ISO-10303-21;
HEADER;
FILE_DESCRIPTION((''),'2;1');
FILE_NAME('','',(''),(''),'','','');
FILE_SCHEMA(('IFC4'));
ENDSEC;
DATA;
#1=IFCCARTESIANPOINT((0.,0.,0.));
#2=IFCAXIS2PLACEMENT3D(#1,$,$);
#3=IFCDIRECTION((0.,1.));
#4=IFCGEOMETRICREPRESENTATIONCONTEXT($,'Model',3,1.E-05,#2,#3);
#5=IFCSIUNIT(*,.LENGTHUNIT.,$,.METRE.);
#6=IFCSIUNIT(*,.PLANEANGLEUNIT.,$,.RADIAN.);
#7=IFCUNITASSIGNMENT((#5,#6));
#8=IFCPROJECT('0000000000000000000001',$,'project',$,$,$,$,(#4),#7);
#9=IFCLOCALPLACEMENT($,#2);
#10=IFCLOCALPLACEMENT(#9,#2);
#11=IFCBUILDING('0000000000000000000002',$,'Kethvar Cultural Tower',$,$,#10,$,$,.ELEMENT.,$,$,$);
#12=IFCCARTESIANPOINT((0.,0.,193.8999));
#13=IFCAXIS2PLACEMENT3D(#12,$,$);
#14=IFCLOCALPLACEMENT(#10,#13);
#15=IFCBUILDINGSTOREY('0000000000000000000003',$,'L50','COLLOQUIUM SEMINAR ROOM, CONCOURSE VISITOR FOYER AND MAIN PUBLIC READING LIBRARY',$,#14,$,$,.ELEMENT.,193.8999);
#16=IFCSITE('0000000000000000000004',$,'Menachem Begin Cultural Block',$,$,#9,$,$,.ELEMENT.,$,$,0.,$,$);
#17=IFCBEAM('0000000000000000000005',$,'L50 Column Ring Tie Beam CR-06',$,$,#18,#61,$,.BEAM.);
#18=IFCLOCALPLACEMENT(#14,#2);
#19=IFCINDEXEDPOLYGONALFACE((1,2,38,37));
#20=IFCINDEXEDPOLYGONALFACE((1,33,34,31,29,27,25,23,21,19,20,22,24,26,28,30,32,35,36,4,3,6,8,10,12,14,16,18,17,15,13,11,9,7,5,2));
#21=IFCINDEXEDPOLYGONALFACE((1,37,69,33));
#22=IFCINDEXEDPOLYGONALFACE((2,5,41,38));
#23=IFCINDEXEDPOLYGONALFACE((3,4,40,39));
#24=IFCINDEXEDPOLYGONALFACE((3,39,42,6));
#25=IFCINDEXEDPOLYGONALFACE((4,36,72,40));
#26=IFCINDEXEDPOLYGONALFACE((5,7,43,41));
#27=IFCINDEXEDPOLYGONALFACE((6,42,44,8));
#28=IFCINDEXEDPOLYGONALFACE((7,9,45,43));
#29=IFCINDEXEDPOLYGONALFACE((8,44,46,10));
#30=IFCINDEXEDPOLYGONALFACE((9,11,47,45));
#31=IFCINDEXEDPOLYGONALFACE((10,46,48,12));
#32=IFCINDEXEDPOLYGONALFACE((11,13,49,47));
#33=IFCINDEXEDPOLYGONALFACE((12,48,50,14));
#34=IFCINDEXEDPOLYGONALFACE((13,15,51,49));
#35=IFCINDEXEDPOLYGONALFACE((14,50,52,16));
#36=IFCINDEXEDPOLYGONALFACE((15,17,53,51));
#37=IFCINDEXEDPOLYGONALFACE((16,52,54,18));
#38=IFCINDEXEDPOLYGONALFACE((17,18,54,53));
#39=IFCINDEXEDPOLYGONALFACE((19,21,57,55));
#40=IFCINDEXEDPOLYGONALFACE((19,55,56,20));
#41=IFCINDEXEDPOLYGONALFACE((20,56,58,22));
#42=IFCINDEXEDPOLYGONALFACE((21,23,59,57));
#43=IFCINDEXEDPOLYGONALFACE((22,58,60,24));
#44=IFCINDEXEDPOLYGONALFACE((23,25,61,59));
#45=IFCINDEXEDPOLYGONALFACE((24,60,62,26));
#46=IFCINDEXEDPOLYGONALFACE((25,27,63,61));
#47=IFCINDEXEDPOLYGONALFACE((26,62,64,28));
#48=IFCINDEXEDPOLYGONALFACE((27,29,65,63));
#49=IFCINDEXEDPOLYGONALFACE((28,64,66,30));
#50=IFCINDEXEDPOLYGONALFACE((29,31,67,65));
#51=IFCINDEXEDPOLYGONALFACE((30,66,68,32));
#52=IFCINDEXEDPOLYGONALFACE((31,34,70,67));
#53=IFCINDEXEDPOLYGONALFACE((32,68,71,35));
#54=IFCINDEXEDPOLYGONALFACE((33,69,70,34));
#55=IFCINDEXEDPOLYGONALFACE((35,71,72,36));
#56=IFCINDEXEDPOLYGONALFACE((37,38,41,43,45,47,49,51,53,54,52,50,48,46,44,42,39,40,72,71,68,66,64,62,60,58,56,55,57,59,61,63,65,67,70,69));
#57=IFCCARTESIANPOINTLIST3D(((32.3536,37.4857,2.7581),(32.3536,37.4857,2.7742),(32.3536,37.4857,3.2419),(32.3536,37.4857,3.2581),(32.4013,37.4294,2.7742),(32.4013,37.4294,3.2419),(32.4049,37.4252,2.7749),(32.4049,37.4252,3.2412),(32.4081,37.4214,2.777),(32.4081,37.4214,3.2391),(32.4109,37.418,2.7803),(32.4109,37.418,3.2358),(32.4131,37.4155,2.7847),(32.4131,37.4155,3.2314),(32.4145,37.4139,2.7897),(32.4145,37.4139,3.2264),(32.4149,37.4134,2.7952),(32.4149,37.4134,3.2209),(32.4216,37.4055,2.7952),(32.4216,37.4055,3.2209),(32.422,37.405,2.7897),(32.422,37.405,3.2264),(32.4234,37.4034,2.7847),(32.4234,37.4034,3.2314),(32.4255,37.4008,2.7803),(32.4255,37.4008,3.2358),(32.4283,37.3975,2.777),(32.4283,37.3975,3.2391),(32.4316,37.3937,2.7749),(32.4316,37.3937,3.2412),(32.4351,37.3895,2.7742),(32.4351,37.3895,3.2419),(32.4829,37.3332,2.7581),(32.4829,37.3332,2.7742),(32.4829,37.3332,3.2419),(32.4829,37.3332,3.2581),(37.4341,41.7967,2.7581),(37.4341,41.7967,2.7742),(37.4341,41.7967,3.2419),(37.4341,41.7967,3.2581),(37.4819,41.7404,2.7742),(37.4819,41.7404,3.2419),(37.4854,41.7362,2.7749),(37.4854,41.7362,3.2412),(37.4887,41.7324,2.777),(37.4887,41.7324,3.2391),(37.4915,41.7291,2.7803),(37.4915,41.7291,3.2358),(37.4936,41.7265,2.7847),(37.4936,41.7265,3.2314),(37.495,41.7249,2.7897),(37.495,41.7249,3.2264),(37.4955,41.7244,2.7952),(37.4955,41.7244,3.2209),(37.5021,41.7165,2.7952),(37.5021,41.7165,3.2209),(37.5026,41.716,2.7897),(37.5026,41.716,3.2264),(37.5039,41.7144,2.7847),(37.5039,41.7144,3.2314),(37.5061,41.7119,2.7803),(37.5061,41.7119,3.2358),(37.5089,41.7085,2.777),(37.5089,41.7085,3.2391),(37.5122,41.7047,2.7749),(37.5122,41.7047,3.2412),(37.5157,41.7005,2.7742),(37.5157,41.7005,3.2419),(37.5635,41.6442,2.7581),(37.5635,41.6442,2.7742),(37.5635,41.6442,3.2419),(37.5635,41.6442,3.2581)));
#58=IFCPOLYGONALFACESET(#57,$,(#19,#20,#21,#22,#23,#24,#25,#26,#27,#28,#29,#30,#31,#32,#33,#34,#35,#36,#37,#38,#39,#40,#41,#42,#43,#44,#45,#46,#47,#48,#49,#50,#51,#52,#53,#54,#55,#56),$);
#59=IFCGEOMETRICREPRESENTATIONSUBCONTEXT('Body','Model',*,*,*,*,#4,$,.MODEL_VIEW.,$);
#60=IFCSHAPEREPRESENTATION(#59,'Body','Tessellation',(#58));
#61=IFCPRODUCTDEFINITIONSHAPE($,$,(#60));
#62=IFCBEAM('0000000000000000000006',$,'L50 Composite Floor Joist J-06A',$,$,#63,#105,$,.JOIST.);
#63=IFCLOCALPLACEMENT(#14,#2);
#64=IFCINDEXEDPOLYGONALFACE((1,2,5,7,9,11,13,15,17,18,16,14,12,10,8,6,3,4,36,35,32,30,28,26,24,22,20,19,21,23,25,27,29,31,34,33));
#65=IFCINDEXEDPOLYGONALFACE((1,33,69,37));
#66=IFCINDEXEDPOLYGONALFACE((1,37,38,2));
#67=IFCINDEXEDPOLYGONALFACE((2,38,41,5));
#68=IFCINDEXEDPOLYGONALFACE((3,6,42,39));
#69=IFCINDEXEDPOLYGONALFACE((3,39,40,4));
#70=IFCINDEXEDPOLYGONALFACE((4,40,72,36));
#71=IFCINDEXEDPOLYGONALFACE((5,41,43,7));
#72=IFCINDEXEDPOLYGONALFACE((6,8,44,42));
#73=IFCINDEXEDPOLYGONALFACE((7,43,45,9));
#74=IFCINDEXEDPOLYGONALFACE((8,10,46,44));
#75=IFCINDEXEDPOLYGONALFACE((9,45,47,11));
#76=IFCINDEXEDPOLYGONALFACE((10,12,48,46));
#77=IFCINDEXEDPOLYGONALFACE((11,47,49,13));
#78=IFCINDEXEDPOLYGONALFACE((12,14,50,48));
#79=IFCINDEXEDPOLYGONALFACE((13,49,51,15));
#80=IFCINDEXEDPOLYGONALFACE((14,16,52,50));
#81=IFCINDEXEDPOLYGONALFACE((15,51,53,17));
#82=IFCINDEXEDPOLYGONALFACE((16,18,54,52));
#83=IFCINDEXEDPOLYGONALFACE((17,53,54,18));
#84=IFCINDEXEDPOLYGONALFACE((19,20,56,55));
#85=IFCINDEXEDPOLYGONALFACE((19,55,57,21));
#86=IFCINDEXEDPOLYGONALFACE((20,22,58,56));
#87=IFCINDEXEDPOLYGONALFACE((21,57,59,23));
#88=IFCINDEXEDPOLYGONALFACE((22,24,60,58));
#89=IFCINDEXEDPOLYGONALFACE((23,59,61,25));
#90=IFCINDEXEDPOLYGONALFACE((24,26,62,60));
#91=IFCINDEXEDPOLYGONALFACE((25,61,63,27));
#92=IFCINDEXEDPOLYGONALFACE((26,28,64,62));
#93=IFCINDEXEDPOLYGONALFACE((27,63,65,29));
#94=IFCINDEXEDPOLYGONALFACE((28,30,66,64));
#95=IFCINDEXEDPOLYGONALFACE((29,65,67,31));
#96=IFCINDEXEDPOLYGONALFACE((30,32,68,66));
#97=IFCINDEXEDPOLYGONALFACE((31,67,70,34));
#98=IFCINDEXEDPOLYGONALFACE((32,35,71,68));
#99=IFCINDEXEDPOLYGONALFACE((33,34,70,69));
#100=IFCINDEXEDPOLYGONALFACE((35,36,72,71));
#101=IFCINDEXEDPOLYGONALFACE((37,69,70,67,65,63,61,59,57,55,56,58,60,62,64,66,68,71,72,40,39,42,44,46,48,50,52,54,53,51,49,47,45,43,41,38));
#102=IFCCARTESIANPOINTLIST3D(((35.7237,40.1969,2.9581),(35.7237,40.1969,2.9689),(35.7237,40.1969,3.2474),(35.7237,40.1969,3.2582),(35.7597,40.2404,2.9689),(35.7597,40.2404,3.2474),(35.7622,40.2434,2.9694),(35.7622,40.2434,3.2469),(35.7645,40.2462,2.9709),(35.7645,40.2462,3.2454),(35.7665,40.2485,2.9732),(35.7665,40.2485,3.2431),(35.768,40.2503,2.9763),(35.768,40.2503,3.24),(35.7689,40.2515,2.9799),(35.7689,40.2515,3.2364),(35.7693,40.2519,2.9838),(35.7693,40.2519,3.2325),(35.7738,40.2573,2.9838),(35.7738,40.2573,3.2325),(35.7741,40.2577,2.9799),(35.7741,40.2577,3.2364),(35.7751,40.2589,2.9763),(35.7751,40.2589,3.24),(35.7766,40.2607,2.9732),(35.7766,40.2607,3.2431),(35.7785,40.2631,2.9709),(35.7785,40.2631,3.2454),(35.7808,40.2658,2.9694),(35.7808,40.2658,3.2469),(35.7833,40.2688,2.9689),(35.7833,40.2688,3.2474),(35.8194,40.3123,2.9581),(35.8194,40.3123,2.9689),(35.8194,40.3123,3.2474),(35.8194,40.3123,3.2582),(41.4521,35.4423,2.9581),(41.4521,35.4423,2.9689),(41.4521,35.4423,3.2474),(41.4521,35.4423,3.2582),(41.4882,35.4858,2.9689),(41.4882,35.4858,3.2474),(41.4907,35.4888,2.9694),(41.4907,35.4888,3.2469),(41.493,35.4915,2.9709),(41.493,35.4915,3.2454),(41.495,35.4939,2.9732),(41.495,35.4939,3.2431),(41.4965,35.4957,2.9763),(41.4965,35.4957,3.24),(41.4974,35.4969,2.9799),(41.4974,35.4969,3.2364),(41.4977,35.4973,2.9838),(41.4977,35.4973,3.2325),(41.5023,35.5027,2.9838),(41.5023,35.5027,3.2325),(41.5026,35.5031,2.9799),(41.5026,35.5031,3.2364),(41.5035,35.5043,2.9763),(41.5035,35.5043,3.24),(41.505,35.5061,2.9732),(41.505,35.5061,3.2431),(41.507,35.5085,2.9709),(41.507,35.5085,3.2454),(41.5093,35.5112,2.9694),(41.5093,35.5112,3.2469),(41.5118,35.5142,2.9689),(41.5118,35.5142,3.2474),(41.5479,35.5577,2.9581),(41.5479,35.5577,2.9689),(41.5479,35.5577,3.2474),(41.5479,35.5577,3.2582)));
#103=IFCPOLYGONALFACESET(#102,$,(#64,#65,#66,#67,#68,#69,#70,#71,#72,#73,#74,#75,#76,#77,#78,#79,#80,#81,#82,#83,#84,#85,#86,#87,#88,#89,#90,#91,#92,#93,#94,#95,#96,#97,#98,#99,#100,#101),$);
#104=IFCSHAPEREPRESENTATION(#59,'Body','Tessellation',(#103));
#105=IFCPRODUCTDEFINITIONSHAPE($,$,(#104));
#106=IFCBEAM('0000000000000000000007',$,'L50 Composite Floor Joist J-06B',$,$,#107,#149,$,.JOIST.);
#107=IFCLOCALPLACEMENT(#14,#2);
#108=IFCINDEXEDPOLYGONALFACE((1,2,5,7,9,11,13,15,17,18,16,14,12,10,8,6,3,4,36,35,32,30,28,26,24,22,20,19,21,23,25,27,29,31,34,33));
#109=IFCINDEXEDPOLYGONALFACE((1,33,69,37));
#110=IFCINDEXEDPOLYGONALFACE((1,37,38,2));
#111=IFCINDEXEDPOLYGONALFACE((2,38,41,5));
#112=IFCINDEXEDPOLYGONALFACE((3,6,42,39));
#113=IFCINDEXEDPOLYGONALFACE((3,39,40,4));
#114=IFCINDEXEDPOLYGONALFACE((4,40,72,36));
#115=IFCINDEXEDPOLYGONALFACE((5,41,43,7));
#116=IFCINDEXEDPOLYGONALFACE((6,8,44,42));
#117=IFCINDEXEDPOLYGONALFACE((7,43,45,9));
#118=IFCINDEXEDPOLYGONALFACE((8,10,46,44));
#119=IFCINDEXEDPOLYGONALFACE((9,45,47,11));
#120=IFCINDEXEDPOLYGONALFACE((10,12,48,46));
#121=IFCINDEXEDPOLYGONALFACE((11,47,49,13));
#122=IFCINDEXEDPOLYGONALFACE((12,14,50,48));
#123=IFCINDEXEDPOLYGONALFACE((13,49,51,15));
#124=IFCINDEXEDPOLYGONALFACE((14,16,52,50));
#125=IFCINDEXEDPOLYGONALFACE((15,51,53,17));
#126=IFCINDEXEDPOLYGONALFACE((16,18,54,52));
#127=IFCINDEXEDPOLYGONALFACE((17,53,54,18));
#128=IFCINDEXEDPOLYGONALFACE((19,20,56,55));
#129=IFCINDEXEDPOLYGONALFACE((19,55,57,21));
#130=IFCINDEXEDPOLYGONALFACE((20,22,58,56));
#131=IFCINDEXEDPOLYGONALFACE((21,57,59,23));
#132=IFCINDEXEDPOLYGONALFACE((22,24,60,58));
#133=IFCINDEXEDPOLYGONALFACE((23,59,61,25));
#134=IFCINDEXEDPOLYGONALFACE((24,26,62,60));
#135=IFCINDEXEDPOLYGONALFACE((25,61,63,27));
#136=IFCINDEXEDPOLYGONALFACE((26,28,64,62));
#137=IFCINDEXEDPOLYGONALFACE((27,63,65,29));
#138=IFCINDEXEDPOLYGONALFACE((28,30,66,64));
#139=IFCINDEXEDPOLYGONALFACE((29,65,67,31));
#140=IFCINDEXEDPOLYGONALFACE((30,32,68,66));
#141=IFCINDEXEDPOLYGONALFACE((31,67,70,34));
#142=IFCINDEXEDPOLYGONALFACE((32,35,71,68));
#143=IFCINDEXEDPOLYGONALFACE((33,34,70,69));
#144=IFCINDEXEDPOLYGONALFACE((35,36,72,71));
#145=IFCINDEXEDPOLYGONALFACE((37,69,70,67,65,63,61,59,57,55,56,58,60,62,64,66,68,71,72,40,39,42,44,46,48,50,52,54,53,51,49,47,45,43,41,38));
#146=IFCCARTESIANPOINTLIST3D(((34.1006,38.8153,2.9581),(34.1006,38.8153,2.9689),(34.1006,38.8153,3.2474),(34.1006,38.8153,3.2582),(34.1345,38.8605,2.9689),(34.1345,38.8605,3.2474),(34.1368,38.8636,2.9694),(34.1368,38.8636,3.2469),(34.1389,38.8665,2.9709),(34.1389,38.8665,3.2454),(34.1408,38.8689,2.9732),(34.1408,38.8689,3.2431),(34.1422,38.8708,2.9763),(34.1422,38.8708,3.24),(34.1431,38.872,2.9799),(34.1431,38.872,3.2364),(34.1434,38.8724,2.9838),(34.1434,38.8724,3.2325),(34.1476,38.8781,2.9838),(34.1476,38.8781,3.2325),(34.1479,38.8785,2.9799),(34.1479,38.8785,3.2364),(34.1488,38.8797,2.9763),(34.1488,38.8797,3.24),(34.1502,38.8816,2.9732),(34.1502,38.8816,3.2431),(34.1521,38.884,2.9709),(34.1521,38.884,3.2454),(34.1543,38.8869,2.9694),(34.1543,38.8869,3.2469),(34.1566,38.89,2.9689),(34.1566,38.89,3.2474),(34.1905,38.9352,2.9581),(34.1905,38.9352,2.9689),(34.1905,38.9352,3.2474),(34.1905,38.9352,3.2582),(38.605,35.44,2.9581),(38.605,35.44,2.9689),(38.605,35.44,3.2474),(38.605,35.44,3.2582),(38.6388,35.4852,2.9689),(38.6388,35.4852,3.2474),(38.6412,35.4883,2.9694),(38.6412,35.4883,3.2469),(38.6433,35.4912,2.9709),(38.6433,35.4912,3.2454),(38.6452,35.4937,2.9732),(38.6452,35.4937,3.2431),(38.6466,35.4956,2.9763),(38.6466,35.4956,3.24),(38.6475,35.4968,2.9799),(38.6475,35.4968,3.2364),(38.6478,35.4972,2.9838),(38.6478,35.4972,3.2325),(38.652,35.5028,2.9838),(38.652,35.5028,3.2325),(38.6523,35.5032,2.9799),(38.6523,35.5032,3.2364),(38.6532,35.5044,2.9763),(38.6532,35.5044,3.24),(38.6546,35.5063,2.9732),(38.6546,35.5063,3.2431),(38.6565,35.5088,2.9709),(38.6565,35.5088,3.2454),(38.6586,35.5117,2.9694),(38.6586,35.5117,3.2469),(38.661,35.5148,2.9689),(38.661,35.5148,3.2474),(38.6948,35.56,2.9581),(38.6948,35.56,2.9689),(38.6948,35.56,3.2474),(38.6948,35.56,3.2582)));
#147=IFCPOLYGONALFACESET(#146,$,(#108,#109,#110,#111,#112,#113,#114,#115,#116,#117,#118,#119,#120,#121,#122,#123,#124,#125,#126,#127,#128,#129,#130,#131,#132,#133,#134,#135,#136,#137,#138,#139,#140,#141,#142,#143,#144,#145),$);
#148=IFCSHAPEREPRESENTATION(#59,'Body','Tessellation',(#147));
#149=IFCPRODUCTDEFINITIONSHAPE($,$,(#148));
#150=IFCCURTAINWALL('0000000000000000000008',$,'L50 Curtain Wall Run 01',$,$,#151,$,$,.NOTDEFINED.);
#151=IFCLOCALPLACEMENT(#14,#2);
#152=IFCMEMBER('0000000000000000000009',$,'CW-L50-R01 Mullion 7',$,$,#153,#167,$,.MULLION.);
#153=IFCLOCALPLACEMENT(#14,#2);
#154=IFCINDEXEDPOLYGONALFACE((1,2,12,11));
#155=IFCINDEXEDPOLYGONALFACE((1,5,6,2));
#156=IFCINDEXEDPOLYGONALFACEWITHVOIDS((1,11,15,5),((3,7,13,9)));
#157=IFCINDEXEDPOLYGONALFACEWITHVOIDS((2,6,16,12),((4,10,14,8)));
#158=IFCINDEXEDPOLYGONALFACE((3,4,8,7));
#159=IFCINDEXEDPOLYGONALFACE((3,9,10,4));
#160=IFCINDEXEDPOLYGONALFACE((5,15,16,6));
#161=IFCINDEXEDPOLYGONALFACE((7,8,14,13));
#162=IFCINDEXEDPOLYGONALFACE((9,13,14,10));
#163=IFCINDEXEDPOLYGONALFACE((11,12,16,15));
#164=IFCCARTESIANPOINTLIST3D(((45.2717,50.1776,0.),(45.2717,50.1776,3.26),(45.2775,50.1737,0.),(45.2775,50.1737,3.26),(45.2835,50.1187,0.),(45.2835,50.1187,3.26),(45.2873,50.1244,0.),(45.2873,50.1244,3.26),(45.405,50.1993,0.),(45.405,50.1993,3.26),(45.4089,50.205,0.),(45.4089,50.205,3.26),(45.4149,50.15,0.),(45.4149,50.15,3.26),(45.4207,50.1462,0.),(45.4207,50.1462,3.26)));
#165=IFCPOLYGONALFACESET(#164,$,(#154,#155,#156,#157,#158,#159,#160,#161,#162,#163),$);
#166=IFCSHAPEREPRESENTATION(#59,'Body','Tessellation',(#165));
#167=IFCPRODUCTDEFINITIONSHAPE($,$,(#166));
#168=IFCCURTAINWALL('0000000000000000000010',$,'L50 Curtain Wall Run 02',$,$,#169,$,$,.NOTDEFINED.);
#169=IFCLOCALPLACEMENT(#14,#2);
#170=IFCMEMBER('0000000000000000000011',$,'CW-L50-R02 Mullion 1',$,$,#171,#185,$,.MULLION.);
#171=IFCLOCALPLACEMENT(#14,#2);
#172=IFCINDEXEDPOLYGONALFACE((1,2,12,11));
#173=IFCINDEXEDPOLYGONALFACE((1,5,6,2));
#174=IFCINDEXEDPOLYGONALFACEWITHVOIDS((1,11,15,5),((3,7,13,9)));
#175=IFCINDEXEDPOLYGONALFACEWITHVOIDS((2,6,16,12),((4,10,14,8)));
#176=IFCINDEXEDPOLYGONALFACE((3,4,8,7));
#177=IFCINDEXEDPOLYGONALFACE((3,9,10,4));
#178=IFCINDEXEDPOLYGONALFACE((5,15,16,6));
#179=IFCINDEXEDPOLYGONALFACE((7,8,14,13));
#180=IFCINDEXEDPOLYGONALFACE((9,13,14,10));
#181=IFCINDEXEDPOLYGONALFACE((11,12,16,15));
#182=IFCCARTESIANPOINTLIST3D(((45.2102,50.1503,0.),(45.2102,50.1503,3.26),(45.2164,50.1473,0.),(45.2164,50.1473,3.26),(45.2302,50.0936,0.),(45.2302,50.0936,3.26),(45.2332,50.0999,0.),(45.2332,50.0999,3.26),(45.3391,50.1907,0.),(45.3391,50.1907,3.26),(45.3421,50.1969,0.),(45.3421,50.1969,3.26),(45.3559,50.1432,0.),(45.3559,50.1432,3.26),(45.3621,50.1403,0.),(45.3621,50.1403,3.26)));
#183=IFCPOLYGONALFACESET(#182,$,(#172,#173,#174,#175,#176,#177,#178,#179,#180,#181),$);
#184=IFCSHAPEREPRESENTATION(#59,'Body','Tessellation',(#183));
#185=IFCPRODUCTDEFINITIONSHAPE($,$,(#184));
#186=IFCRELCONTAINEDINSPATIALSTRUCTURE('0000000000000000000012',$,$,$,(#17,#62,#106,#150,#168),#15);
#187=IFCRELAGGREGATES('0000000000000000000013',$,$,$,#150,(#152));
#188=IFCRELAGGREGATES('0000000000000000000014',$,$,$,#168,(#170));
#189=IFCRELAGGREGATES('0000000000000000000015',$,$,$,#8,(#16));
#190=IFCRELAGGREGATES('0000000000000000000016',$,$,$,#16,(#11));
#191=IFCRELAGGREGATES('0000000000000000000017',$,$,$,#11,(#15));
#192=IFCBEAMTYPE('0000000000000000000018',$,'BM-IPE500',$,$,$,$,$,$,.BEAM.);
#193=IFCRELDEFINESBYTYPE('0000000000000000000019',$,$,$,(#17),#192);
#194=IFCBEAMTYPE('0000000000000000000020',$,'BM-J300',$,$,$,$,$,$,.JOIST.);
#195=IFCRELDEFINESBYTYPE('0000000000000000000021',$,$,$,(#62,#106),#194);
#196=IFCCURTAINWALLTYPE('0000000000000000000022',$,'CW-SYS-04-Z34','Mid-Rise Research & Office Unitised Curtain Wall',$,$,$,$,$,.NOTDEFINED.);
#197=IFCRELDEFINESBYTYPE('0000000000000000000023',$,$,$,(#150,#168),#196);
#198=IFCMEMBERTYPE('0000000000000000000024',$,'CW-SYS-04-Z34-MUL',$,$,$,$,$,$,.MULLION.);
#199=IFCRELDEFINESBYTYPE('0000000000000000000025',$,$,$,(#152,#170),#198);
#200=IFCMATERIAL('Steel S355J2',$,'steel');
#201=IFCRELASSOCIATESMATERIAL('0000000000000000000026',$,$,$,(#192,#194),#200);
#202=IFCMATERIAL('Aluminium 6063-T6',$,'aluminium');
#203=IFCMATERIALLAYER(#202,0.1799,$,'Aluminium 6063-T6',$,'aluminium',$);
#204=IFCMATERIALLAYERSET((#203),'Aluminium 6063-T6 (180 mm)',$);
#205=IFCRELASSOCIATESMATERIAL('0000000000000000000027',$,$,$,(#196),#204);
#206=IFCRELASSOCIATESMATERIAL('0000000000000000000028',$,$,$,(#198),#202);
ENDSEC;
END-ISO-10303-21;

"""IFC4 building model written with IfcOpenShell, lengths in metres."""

from ifc_helpers import new_model, si_unit, direction, frame, origin, origin_2d, place, context, subcontext, project, spatial, hollow_rectangle, i_section, extrude, source, transform, mapped, material, layer, layer_set, material_profile, profile_set, type_object, element, aggregate, save


model = new_model("IFC4")

# Units and contexts
model_context = context("Model", 3, precision=1e-05, world=origin(), true_north=direction((0.0, 1.0)))
body_context = subcontext(model_context, "Body", "Model", "MODEL_VIEW")
ifc_project = project(units=[si_unit("LENGTHUNIT", "METRE"), si_unit("PLANEANGLEUNIT", "RADIAN")], contexts=[model_context])

# Site, building, storey
site_placement = place(None, origin())
site = spatial("IfcSite", under=ifc_project, at=site_placement, Name="Menachem Begin Cultural Block", CompositionType="ELEMENT", RefElevation=0.0)
building_placement = place(site_placement, origin())
building = spatial("IfcBuilding", under=site, at=building_placement, Name="Kethvar Cultural Tower", CompositionType="ELEMENT")
storey_placement = place(building_placement, frame((0.0, 0.0, 193.8999)))
storey = spatial("IfcBuildingStorey", under=building, at=storey_placement, Name="L50", Description="COLLOQUIUM SEMINAR ROOM, CONCOURSE VISITOR FOYER AND MAIN PUBLIC READING LIBRARY", CompositionType="ELEMENT", Elevation=193.8999)

# Beams
ifc_material_1 = material(Name="Steel S355J2", Category="steel")
ifc_material_profile_1 = material_profile(ifc_material_1, i_section(OverallWidth=0.2, OverallDepth=0.5, WebThickness=0.0103, FlangeThickness=0.0161, FilletRadius=0.021, at=origin_2d()), Name="Steel S355J2 — IPE500")
ifc_profile_set_1 = profile_set([ifc_material_profile_1], Name="Steel S355J2 — IPE500")
beam_type_1 = type_object("IfcBeamType", Name="BM-IPE500", PredefinedType="BEAM", material=ifc_profile_set_1)
ifc_material_profile_2 = material_profile(ifc_material_1, i_section(OverallWidth=0.1499, OverallDepth=0.3, WebThickness=0.0071, FlangeThickness=0.0107, FilletRadius=0.0149, at=origin_2d()), Name="Steel S355J2 — IPE300")
ifc_profile_set_2 = profile_set([ifc_material_profile_2], Name="Steel S355J2 — IPE300")
beam_type_2 = type_object("IfcBeamType", Name="BM-J300", PredefinedType="JOIST", material=ifc_profile_set_2)
shared_shape_1 = source(origin(), body_context, "Body", "SweptSolid", [
    extrude(i_section(OverallWidth=0.2, OverallDepth=0.5, WebThickness=0.0103, FlangeThickness=0.0161, FilletRadius=0.021, at=origin_2d()), origin(), (0.0, 0.0, 1.0), 6.6631),
])
beam_1_placement = place(storey_placement, frame((37.4988, 41.7205, 3.0081), z_axis=(-0.762491, -0.646999, 0.0), x_axis=(0.646999, -0.762491, 0.0)))
element("IfcBeam", 1, at=beam_1_placement, inside=storey, type_object=beam_type_1, Name="L50 Column Ring Tie Beam CR-06", PredefinedType="BEAM", context=body_context, shape_type="MappedRepresentation", body=[
    mapped(shared_shape_1, transform((0.0, 0.0, 0.0), scale=1.0)),
])
shared_shape_2 = source(origin(), body_context, "Body", "SweptSolid", [
    extrude(i_section(OverallWidth=0.1499, OverallDepth=0.3, WebThickness=0.0071, FlangeThickness=0.0107, FilletRadius=0.0149, at=origin_2d()), origin(), (0.0, 0.0, 1.0), 7.4446),
])
beam_2_placement = place(storey_placement, frame((41.5, 35.5, 3.1082), z_axis=(-0.769483, 0.638667, 0.0), x_axis=(-0.638667, -0.769483, 0.0)))
element("IfcBeam", 2, at=beam_2_placement, inside=storey, type_object=beam_type_2, Name="L50 Composite Floor Joist J-06A", PredefinedType="JOIST", context=body_context, shape_type="MappedRepresentation", body=[
    mapped(shared_shape_2, transform((0.0, 0.0, 0.0), scale=1.0)),
])
shared_shape_3 = source(origin(), body_context, "Body", "SweptSolid", [
    extrude(i_section(OverallWidth=0.1499, OverallDepth=0.3, WebThickness=0.0071, FlangeThickness=0.0107, FilletRadius=0.0149, at=origin_2d()), origin(), (0.0, 0.0, 1.0), 5.6287),
])
beam_3_placement = place(storey_placement, frame((38.6499, 35.5, 3.1082), z_axis=(-0.80026, 0.599653, 0.0), x_axis=(-0.599653, -0.80026, 0.0)))
element("IfcBeam", 3, at=beam_3_placement, inside=storey, type_object=beam_type_2, Name="L50 Composite Floor Joist J-06B", PredefinedType="JOIST", context=body_context, shape_type="MappedRepresentation", body=[
    mapped(shared_shape_3, transform((0.0, 0.0, 0.0), scale=1.0)),
])

# Curtain wall, member
ifc_material_2 = material(Name="Aluminium 6063-T6", Category="aluminium")
ifc_layer_1 = layer(ifc_material_2, 0.1799, Name="Aluminium 6063-T6", Category="aluminium")
ifc_layer_set_1 = layer_set([ifc_layer_1], Name="Aluminium 6063-T6 (180 mm)")
curtain_wall_type = type_object("IfcCurtainWallType", Name="CW-SYS-04-Z34", Description="Mid-Rise Research & Office Unitised Curtain Wall", PredefinedType="NOTDEFINED", material=ifc_layer_set_1)
curtain_wall_1_placement = place(storey_placement, origin())
curtain_wall_1 = element("IfcCurtainWall", 4, at=curtain_wall_1_placement, inside=storey, type_object=curtain_wall_type, Name="L50 Curtain Wall Run 01", PredefinedType="NOTDEFINED")
ifc_material_profile_3 = material_profile(ifc_material_2, hollow_rectangle(XDim=0.0601, YDim=0.1399, WallThickness=0.0049, at=origin_2d()), Name="Aluminium 6063-T6 — RHS140x60x5")
ifc_profile_set_3 = profile_set([ifc_material_profile_3], Name="Aluminium 6063-T6 — RHS140x60x5")
member_type_1 = type_object("IfcMemberType", Name="CW-SYS-04-Z34-MUL", PredefinedType="MULLION", material=ifc_profile_set_3)
shared_shape_4 = source(origin(), body_context, "Body", "SweptSolid", [
    extrude(hollow_rectangle(XDim=0.0601, YDim=0.1399, WallThickness=0.0049, at=origin_2d()), origin(), (0.0, 0.0, 1.0), 3.26),
])
member_1_placement = place(storey_placement, frame((45.3462, 50.1619, 0.0), z_axis=(0.0, 0.0, 1.0), x_axis=(0.196391, -0.980526, 0.0)))
member_1 = element("IfcMember", 5, at=member_1_placement, type_object=member_type_1, Name="CW-L50-R01 Mullion 7", PredefinedType="MULLION", context=body_context, shape_type="MappedRepresentation", body=[
    mapped(shared_shape_4, transform((0.0, 0.0, 0.0), scale=1.0)),
])
aggregate(curtain_wall_1, [member_1])

# Curtain wall, member
curtain_wall_2_placement = place(storey_placement, origin())
curtain_wall_2 = element("IfcCurtainWall", 6, at=curtain_wall_2_placement, inside=storey, type_object=curtain_wall_type, Name="L50 Curtain Wall Run 02", PredefinedType="NOTDEFINED")
member_2_placement = place(storey_placement, frame((45.2861, 50.1453, 0.0), z_axis=(0.0, 0.0, 1.0), x_axis=(0.333247, -0.942839, 0.0)))
member_2 = element("IfcMember", 7, at=member_2_placement, type_object=member_type_1, Name="CW-L50-R02 Mullion 1", PredefinedType="MULLION", context=body_context, shape_type="MappedRepresentation", body=[
    mapped(shared_shape_4, transform((0.0, 0.0, 0.0), scale=1.0)),
])
aggregate(curtain_wall_2, [member_2])

save(model, "model.ifc")
